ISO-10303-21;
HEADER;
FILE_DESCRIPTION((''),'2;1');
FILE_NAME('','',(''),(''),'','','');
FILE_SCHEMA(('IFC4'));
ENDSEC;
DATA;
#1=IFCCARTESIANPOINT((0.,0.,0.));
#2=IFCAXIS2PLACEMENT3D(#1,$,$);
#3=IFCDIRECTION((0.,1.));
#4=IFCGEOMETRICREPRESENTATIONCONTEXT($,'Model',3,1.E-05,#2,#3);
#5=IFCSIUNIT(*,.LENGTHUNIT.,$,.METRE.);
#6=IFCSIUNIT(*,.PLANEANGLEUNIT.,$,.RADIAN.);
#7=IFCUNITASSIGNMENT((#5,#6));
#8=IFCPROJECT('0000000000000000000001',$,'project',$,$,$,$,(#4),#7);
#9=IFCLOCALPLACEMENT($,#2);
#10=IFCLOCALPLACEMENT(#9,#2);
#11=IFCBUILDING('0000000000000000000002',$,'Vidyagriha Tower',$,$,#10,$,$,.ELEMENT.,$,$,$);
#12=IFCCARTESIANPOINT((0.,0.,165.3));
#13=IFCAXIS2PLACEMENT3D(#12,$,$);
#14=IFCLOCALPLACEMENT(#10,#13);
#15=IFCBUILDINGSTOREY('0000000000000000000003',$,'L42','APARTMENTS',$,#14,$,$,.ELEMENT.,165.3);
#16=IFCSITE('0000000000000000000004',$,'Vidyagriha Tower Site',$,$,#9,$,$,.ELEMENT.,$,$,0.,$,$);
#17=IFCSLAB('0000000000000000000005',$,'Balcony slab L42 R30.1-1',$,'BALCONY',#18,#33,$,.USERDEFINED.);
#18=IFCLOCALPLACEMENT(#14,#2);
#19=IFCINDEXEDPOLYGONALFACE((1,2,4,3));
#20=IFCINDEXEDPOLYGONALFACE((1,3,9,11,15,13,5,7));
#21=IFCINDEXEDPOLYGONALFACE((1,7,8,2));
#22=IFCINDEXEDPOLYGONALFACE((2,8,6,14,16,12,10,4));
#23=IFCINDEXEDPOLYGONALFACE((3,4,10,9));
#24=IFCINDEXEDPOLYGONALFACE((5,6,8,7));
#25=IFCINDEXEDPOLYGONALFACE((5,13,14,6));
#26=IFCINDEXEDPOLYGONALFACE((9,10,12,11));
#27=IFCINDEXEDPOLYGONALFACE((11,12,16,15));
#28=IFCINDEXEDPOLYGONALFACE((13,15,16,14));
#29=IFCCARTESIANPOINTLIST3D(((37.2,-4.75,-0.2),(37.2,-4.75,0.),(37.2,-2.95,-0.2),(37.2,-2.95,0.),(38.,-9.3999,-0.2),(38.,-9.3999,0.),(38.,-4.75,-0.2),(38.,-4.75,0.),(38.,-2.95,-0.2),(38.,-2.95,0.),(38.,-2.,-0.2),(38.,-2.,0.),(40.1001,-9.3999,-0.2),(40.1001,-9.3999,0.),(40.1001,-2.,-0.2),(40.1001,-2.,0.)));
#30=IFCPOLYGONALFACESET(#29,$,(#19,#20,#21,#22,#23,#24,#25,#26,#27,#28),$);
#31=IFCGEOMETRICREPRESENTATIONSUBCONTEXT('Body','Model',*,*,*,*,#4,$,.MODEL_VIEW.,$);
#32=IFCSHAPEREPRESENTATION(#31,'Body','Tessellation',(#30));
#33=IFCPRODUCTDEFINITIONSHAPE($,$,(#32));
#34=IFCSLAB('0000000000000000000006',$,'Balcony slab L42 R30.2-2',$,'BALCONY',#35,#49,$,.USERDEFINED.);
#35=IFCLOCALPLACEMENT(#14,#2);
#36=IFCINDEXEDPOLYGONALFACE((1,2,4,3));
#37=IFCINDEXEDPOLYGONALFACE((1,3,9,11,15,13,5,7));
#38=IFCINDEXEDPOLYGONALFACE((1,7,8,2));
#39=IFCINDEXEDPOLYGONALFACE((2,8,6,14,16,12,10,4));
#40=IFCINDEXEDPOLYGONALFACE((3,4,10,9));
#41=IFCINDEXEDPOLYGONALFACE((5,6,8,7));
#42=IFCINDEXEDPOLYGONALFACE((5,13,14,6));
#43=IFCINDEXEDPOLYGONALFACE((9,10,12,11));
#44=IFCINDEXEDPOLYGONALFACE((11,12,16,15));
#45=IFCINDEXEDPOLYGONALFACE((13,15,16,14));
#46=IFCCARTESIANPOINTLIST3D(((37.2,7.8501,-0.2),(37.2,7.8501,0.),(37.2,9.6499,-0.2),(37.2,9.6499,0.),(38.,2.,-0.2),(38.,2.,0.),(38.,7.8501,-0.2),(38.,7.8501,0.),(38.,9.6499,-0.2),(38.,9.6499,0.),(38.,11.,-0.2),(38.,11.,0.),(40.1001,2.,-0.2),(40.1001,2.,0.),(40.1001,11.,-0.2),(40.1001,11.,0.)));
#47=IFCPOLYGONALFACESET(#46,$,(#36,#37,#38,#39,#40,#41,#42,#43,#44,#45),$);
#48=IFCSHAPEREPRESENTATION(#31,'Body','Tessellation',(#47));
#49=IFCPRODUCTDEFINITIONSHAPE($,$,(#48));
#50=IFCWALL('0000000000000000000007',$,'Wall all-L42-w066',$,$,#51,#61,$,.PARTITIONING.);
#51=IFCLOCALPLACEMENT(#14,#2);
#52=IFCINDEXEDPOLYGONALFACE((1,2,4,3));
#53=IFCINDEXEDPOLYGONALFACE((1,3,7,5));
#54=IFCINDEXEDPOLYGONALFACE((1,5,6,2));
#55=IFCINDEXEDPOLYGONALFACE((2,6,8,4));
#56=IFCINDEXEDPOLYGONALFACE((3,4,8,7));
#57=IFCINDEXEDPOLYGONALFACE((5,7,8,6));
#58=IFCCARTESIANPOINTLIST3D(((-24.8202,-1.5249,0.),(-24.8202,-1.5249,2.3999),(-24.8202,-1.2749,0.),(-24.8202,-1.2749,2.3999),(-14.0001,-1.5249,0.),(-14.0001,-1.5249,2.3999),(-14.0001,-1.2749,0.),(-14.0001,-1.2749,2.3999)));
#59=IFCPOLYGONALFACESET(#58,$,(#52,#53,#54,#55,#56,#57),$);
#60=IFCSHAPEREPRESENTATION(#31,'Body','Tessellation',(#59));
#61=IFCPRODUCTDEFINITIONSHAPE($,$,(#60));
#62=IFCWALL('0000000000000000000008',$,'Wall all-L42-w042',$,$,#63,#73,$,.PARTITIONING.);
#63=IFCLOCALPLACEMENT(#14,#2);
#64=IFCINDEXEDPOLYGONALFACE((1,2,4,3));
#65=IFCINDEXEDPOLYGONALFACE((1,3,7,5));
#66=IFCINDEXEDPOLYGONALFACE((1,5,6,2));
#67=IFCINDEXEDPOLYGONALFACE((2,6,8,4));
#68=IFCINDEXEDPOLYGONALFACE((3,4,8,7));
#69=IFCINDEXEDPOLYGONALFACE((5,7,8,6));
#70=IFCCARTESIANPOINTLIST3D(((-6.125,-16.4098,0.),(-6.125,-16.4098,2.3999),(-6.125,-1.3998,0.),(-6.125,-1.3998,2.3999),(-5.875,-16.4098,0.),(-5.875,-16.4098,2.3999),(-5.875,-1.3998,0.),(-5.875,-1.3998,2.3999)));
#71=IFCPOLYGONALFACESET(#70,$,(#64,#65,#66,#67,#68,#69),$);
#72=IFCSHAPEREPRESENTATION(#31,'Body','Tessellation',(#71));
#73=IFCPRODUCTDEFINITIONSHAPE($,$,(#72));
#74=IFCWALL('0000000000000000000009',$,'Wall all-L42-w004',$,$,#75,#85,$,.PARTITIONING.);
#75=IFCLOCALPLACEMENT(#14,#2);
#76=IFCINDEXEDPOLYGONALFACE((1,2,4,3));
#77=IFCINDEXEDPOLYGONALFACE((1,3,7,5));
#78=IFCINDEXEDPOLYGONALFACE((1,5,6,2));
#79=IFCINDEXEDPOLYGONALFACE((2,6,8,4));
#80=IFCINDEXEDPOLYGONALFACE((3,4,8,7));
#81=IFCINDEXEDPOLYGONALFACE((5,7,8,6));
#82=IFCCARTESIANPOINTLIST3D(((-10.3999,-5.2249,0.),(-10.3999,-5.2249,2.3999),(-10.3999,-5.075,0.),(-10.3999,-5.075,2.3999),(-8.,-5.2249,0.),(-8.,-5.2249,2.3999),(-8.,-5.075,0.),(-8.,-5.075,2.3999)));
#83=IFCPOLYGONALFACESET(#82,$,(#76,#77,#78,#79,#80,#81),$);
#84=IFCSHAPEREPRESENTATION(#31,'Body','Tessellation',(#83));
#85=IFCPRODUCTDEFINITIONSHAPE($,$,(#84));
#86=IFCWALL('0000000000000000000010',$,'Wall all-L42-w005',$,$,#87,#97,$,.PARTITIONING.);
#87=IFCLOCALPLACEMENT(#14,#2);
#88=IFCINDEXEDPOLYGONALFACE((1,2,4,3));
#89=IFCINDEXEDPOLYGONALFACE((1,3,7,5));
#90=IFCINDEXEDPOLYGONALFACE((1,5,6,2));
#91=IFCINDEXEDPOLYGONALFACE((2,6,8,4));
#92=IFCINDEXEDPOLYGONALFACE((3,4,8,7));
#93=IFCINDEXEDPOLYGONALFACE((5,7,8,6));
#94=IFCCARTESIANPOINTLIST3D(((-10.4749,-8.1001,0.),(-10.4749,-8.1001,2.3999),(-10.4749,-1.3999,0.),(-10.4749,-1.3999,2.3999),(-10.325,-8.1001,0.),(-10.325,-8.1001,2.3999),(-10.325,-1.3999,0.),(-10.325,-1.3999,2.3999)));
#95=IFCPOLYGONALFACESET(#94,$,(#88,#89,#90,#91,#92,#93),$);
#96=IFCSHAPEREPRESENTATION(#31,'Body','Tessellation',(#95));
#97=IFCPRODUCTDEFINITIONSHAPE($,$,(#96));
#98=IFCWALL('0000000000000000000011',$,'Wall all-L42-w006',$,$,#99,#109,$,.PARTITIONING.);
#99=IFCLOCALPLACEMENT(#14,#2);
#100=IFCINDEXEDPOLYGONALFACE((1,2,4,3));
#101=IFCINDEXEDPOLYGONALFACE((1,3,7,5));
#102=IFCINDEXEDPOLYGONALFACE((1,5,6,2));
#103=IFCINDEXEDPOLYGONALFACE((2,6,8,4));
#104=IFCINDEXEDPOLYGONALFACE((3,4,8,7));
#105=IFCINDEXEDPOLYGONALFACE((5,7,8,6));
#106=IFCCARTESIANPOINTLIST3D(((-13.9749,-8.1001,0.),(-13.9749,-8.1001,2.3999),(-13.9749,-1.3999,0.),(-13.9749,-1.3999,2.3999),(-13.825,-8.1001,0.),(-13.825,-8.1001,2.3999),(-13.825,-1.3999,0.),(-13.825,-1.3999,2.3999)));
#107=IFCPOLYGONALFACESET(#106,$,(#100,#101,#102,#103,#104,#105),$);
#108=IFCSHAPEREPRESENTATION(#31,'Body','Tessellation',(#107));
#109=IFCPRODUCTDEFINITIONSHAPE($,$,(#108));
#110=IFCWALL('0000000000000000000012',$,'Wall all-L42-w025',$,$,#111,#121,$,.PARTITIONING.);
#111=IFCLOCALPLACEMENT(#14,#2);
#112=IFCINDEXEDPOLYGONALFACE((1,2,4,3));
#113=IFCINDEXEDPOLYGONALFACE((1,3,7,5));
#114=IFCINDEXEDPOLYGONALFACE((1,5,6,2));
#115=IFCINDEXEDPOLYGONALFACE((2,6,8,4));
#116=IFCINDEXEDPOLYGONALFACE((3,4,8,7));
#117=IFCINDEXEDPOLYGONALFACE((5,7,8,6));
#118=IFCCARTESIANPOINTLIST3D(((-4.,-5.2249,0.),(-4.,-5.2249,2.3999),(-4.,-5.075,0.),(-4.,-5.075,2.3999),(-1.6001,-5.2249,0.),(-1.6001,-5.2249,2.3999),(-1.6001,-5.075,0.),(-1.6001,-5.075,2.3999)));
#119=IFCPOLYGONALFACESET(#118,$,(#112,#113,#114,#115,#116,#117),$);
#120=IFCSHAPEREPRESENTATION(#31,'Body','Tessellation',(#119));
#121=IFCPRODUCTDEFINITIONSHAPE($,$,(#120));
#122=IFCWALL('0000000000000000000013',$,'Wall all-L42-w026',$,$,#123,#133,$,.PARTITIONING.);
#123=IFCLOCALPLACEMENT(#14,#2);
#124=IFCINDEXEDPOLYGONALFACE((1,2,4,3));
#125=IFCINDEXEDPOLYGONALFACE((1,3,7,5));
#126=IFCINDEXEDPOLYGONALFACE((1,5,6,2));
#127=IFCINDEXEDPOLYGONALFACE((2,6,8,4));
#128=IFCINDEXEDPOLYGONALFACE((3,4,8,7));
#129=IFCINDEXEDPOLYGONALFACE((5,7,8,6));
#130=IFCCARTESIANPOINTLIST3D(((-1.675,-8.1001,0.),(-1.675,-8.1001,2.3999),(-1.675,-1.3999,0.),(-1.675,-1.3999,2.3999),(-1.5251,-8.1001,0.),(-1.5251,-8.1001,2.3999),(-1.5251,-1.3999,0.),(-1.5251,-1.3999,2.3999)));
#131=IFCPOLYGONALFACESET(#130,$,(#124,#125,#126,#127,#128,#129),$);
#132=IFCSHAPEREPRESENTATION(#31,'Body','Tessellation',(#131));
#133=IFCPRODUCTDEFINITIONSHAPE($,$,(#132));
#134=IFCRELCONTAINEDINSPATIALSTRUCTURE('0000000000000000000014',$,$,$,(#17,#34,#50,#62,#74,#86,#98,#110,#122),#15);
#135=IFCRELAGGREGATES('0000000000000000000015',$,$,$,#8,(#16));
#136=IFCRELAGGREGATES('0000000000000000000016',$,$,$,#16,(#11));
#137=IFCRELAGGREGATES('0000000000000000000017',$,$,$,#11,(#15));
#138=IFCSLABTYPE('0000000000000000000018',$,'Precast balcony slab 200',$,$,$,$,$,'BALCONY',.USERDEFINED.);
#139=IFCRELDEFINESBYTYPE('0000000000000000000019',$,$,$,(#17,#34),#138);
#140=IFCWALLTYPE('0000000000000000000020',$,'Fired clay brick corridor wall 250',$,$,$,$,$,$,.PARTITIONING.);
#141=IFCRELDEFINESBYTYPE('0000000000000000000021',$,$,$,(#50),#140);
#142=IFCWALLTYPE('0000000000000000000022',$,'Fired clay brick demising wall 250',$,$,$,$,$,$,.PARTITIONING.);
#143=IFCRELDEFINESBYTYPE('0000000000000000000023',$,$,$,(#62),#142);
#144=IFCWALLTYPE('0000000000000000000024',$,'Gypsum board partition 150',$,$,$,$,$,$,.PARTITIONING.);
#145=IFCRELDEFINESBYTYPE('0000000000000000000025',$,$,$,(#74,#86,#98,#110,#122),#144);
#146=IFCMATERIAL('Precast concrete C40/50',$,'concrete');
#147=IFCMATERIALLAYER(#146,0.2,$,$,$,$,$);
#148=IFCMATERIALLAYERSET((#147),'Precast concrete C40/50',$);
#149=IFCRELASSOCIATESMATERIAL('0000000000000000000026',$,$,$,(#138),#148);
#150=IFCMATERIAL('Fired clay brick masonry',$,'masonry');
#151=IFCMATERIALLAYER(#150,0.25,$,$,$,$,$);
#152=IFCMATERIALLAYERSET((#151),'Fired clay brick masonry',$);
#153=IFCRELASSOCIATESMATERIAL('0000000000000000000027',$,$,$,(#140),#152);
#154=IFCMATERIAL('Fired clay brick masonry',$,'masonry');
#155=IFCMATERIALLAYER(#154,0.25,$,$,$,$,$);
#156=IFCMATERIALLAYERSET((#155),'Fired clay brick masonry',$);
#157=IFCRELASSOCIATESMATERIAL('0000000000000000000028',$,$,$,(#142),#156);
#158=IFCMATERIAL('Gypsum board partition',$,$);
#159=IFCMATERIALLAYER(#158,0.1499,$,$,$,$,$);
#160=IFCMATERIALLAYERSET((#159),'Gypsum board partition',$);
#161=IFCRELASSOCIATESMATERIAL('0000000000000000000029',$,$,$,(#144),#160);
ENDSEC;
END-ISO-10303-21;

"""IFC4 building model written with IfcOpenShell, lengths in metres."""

from ifc_helpers import new_model, si_unit, direction, frame, frame_2d, origin, place, context, subcontext, project, spatial, polyline, rectangle, outline, extrude, material, layer, layer_set, type_object, element, save


model = new_model("IFC4")

# Units and contexts
model_context = context("Model", 3, precision=1e-05, world=origin(), true_north=direction((0.0, 1.0)))
body_context = subcontext(model_context, "Body", "Model", "MODEL_VIEW")
ifc_project = project(units=[si_unit("LENGTHUNIT", "METRE"), si_unit("PLANEANGLEUNIT", "RADIAN")], contexts=[model_context])

# Site, building, storey
site_placement = place(None, origin())
site = spatial("IfcSite", under=ifc_project, at=site_placement, Name="Vidyagriha Tower Site", CompositionType="ELEMENT", RefElevation=0.0)
building_placement = place(site_placement, origin())
building = spatial("IfcBuilding", under=site, at=building_placement, Name="Vidyagriha Tower", CompositionType="ELEMENT")
storey_placement = place(building_placement, frame((0.0, 0.0, 165.3)))
storey = spatial("IfcBuildingStorey", under=building, at=storey_placement, Name="L42", Description="APARTMENTS", CompositionType="ELEMENT", Elevation=165.3)

# Slabs
ifc_material_1 = material(Name="Precast concrete C40/50", Category="concrete")
ifc_layer_1 = layer(ifc_material_1, 0.2)
ifc_layer_set_1 = layer_set([ifc_layer_1], Name="Precast concrete C40/50")
slab_type_1 = type_object("IfcSlabType", Name="Precast balcony slab 200", ElementType="BALCONY", PredefinedType="USERDEFINED", material=ifc_layer_set_1)
slab_1_placement = place(storey_placement, frame((0.0, 0.0, -0.2)))
element("IfcSlab", 1, at=slab_1_placement, inside=storey, type_object=slab_type_1, Name="Balcony slab L42 R30.1-1", ObjectType="BALCONY", PredefinedType="USERDEFINED", context=body_context, shape_type="SweptSolid", body=[
    extrude(outline(polyline([(38.0, -4.75), (38.0, -9.3999), (40.1001, -9.3999), (40.1001, -2.0), (38.0, -2.0), (38.0, -2.95), (37.2, -2.95), (37.2, -4.75), (38.0, -4.75)])), origin(), (0.0, 0.0, 1.0), 0.2),
])
slab_2_placement = place(storey_placement, frame((0.0, 0.0, -0.2)))
element("IfcSlab", 2, at=slab_2_placement, inside=storey, type_object=slab_type_1, Name="Balcony slab L42 R30.2-2", ObjectType="BALCONY", PredefinedType="USERDEFINED", context=body_context, shape_type="SweptSolid", body=[
    extrude(outline(polyline([(38.0, 7.8501), (38.0, 2.0), (40.1001, 2.0), (40.1001, 11.0), (38.0, 11.0), (38.0, 9.6499), (37.2, 9.6499), (37.2, 7.8501), (38.0, 7.8501)])), origin(), (0.0, 0.0, 1.0), 0.2),
])

# Walls
ifc_material_2 = material(Name="Fired clay brick masonry", Category="masonry")
ifc_layer_2 = layer(ifc_material_2, 0.25)
ifc_layer_set_2 = layer_set([ifc_layer_2], Name="Fired clay brick masonry")
wall_type_1 = type_object("IfcWallType", Name="Fired clay brick corridor wall 250", PredefinedType="PARTITIONING", material=ifc_layer_set_2)
wall_1_placement = place(storey_placement, frame((-14.0, -1.3999, 0.0), z_axis=(0.0, 0.0, 1.0), x_axis=(-1.0, 0.0, 0.0)))
element("IfcWall", 3, at=wall_1_placement, inside=storey, type_object=wall_type_1, Name="Wall all-L42-w066", PredefinedType="PARTITIONING", context=body_context, shape_type="SweptSolid", body=[
    extrude(rectangle(XDim=10.8201, YDim=0.25, at=frame_2d((5.4102, 0.0))), origin(), (0.0, 0.0, 1.0), 2.3999),
])
ifc_material_3 = material(Name="Fired clay brick masonry", Category="masonry")
ifc_layer_3 = layer(ifc_material_3, 0.25)
ifc_layer_set_3 = layer_set([ifc_layer_3], Name="Fired clay brick masonry")
wall_type_2 = type_object("IfcWallType", Name="Fired clay brick demising wall 250", PredefinedType="PARTITIONING", material=ifc_layer_set_3)
wall_2_placement = place(storey_placement, frame((-6.0, -1.3999, 0.0), z_axis=(0.0, 0.0, 1.0), x_axis=(0.0, -1.0, 0.0)))
element("IfcWall", 4, at=wall_2_placement, inside=storey, type_object=wall_type_2, Name="Wall all-L42-w042", PredefinedType="PARTITIONING", context=body_context, shape_type="SweptSolid", body=[
    extrude(rectangle(XDim=15.01, YDim=0.25, at=frame_2d((7.5049, 0.0))), origin(), (0.0, 0.0, 1.0), 2.3999),
])
ifc_material_4 = material(Name="Gypsum board partition")
ifc_layer_4 = layer(ifc_material_4, 0.1499)
ifc_layer_set_4 = layer_set([ifc_layer_4], Name="Gypsum board partition")
wall_type_3 = type_object("IfcWallType", Name="Gypsum board partition 150", PredefinedType="PARTITIONING", material=ifc_layer_set_4)
wall_3_placement = place(storey_placement, frame((-8.0, -5.1499, 0.0), z_axis=(0.0, 0.0, 1.0), x_axis=(-1.0, 0.0, 0.0)))
element("IfcWall", 5, at=wall_3_placement, inside=storey, type_object=wall_type_3, Name="Wall all-L42-w004", PredefinedType="PARTITIONING", context=body_context, shape_type="SweptSolid", body=[
    extrude(rectangle(XDim=2.3999, YDim=0.1499, at=frame_2d((1.2, 0.0))), origin(), (0.0, 0.0, 1.0), 2.3999),
])
for number, where, z_axis, x_axis, name in (
    (6, (-10.3999, -8.1001, 0.0), (0.0, 0.0, 1.0), (0.0, 1.0, 0.0), "Wall all-L42-w005"),
    (7, (-13.8999, -8.1001, 0.0), (0.0, 0.0, 1.0), (0.0, 1.0, 0.0), "Wall all-L42-w006"),
):
    element("IfcWall", number, at=place(storey_placement, frame(where, z_axis=z_axis, x_axis=x_axis)), inside=storey, type_object=wall_type_3, Name=name, PredefinedType="PARTITIONING", context=body_context, shape_type="SweptSolid", body=[
        extrude(rectangle(XDim=6.7002, YDim=0.1499, at=frame_2d((3.3501, 0.0))), origin(), (0.0, 0.0, 1.0), 2.3999),
    ])
wall_4_placement = place(storey_placement, frame((-1.6001, -5.1499, 0.0), z_axis=(0.0, 0.0, 1.0), x_axis=(-1.0, 0.0, 0.0)))
element("IfcWall", 8, at=wall_4_placement, inside=storey, type_object=wall_type_3, Name="Wall all-L42-w025", PredefinedType="PARTITIONING", context=body_context, shape_type="SweptSolid", body=[
    extrude(rectangle(XDim=2.3999, YDim=0.1499, at=frame_2d((1.2, 0.0))), origin(), (0.0, 0.0, 1.0), 2.3999),
])
wall_5_placement = place(storey_placement, frame((-1.6001, -1.3999, 0.0), z_axis=(0.0, 0.0, 1.0), x_axis=(0.0, -1.0, 0.0)))
element("IfcWall", 9, at=wall_5_placement, inside=storey, type_object=wall_type_3, Name="Wall all-L42-w026", PredefinedType="PARTITIONING", context=body_context, shape_type="SweptSolid", body=[
    extrude(rectangle(XDim=6.7002, YDim=0.1499, at=frame_2d((3.3501, 0.0))), origin(), (0.0, 0.0, 1.0), 2.3999),
])

save(model, "model.ifc")
